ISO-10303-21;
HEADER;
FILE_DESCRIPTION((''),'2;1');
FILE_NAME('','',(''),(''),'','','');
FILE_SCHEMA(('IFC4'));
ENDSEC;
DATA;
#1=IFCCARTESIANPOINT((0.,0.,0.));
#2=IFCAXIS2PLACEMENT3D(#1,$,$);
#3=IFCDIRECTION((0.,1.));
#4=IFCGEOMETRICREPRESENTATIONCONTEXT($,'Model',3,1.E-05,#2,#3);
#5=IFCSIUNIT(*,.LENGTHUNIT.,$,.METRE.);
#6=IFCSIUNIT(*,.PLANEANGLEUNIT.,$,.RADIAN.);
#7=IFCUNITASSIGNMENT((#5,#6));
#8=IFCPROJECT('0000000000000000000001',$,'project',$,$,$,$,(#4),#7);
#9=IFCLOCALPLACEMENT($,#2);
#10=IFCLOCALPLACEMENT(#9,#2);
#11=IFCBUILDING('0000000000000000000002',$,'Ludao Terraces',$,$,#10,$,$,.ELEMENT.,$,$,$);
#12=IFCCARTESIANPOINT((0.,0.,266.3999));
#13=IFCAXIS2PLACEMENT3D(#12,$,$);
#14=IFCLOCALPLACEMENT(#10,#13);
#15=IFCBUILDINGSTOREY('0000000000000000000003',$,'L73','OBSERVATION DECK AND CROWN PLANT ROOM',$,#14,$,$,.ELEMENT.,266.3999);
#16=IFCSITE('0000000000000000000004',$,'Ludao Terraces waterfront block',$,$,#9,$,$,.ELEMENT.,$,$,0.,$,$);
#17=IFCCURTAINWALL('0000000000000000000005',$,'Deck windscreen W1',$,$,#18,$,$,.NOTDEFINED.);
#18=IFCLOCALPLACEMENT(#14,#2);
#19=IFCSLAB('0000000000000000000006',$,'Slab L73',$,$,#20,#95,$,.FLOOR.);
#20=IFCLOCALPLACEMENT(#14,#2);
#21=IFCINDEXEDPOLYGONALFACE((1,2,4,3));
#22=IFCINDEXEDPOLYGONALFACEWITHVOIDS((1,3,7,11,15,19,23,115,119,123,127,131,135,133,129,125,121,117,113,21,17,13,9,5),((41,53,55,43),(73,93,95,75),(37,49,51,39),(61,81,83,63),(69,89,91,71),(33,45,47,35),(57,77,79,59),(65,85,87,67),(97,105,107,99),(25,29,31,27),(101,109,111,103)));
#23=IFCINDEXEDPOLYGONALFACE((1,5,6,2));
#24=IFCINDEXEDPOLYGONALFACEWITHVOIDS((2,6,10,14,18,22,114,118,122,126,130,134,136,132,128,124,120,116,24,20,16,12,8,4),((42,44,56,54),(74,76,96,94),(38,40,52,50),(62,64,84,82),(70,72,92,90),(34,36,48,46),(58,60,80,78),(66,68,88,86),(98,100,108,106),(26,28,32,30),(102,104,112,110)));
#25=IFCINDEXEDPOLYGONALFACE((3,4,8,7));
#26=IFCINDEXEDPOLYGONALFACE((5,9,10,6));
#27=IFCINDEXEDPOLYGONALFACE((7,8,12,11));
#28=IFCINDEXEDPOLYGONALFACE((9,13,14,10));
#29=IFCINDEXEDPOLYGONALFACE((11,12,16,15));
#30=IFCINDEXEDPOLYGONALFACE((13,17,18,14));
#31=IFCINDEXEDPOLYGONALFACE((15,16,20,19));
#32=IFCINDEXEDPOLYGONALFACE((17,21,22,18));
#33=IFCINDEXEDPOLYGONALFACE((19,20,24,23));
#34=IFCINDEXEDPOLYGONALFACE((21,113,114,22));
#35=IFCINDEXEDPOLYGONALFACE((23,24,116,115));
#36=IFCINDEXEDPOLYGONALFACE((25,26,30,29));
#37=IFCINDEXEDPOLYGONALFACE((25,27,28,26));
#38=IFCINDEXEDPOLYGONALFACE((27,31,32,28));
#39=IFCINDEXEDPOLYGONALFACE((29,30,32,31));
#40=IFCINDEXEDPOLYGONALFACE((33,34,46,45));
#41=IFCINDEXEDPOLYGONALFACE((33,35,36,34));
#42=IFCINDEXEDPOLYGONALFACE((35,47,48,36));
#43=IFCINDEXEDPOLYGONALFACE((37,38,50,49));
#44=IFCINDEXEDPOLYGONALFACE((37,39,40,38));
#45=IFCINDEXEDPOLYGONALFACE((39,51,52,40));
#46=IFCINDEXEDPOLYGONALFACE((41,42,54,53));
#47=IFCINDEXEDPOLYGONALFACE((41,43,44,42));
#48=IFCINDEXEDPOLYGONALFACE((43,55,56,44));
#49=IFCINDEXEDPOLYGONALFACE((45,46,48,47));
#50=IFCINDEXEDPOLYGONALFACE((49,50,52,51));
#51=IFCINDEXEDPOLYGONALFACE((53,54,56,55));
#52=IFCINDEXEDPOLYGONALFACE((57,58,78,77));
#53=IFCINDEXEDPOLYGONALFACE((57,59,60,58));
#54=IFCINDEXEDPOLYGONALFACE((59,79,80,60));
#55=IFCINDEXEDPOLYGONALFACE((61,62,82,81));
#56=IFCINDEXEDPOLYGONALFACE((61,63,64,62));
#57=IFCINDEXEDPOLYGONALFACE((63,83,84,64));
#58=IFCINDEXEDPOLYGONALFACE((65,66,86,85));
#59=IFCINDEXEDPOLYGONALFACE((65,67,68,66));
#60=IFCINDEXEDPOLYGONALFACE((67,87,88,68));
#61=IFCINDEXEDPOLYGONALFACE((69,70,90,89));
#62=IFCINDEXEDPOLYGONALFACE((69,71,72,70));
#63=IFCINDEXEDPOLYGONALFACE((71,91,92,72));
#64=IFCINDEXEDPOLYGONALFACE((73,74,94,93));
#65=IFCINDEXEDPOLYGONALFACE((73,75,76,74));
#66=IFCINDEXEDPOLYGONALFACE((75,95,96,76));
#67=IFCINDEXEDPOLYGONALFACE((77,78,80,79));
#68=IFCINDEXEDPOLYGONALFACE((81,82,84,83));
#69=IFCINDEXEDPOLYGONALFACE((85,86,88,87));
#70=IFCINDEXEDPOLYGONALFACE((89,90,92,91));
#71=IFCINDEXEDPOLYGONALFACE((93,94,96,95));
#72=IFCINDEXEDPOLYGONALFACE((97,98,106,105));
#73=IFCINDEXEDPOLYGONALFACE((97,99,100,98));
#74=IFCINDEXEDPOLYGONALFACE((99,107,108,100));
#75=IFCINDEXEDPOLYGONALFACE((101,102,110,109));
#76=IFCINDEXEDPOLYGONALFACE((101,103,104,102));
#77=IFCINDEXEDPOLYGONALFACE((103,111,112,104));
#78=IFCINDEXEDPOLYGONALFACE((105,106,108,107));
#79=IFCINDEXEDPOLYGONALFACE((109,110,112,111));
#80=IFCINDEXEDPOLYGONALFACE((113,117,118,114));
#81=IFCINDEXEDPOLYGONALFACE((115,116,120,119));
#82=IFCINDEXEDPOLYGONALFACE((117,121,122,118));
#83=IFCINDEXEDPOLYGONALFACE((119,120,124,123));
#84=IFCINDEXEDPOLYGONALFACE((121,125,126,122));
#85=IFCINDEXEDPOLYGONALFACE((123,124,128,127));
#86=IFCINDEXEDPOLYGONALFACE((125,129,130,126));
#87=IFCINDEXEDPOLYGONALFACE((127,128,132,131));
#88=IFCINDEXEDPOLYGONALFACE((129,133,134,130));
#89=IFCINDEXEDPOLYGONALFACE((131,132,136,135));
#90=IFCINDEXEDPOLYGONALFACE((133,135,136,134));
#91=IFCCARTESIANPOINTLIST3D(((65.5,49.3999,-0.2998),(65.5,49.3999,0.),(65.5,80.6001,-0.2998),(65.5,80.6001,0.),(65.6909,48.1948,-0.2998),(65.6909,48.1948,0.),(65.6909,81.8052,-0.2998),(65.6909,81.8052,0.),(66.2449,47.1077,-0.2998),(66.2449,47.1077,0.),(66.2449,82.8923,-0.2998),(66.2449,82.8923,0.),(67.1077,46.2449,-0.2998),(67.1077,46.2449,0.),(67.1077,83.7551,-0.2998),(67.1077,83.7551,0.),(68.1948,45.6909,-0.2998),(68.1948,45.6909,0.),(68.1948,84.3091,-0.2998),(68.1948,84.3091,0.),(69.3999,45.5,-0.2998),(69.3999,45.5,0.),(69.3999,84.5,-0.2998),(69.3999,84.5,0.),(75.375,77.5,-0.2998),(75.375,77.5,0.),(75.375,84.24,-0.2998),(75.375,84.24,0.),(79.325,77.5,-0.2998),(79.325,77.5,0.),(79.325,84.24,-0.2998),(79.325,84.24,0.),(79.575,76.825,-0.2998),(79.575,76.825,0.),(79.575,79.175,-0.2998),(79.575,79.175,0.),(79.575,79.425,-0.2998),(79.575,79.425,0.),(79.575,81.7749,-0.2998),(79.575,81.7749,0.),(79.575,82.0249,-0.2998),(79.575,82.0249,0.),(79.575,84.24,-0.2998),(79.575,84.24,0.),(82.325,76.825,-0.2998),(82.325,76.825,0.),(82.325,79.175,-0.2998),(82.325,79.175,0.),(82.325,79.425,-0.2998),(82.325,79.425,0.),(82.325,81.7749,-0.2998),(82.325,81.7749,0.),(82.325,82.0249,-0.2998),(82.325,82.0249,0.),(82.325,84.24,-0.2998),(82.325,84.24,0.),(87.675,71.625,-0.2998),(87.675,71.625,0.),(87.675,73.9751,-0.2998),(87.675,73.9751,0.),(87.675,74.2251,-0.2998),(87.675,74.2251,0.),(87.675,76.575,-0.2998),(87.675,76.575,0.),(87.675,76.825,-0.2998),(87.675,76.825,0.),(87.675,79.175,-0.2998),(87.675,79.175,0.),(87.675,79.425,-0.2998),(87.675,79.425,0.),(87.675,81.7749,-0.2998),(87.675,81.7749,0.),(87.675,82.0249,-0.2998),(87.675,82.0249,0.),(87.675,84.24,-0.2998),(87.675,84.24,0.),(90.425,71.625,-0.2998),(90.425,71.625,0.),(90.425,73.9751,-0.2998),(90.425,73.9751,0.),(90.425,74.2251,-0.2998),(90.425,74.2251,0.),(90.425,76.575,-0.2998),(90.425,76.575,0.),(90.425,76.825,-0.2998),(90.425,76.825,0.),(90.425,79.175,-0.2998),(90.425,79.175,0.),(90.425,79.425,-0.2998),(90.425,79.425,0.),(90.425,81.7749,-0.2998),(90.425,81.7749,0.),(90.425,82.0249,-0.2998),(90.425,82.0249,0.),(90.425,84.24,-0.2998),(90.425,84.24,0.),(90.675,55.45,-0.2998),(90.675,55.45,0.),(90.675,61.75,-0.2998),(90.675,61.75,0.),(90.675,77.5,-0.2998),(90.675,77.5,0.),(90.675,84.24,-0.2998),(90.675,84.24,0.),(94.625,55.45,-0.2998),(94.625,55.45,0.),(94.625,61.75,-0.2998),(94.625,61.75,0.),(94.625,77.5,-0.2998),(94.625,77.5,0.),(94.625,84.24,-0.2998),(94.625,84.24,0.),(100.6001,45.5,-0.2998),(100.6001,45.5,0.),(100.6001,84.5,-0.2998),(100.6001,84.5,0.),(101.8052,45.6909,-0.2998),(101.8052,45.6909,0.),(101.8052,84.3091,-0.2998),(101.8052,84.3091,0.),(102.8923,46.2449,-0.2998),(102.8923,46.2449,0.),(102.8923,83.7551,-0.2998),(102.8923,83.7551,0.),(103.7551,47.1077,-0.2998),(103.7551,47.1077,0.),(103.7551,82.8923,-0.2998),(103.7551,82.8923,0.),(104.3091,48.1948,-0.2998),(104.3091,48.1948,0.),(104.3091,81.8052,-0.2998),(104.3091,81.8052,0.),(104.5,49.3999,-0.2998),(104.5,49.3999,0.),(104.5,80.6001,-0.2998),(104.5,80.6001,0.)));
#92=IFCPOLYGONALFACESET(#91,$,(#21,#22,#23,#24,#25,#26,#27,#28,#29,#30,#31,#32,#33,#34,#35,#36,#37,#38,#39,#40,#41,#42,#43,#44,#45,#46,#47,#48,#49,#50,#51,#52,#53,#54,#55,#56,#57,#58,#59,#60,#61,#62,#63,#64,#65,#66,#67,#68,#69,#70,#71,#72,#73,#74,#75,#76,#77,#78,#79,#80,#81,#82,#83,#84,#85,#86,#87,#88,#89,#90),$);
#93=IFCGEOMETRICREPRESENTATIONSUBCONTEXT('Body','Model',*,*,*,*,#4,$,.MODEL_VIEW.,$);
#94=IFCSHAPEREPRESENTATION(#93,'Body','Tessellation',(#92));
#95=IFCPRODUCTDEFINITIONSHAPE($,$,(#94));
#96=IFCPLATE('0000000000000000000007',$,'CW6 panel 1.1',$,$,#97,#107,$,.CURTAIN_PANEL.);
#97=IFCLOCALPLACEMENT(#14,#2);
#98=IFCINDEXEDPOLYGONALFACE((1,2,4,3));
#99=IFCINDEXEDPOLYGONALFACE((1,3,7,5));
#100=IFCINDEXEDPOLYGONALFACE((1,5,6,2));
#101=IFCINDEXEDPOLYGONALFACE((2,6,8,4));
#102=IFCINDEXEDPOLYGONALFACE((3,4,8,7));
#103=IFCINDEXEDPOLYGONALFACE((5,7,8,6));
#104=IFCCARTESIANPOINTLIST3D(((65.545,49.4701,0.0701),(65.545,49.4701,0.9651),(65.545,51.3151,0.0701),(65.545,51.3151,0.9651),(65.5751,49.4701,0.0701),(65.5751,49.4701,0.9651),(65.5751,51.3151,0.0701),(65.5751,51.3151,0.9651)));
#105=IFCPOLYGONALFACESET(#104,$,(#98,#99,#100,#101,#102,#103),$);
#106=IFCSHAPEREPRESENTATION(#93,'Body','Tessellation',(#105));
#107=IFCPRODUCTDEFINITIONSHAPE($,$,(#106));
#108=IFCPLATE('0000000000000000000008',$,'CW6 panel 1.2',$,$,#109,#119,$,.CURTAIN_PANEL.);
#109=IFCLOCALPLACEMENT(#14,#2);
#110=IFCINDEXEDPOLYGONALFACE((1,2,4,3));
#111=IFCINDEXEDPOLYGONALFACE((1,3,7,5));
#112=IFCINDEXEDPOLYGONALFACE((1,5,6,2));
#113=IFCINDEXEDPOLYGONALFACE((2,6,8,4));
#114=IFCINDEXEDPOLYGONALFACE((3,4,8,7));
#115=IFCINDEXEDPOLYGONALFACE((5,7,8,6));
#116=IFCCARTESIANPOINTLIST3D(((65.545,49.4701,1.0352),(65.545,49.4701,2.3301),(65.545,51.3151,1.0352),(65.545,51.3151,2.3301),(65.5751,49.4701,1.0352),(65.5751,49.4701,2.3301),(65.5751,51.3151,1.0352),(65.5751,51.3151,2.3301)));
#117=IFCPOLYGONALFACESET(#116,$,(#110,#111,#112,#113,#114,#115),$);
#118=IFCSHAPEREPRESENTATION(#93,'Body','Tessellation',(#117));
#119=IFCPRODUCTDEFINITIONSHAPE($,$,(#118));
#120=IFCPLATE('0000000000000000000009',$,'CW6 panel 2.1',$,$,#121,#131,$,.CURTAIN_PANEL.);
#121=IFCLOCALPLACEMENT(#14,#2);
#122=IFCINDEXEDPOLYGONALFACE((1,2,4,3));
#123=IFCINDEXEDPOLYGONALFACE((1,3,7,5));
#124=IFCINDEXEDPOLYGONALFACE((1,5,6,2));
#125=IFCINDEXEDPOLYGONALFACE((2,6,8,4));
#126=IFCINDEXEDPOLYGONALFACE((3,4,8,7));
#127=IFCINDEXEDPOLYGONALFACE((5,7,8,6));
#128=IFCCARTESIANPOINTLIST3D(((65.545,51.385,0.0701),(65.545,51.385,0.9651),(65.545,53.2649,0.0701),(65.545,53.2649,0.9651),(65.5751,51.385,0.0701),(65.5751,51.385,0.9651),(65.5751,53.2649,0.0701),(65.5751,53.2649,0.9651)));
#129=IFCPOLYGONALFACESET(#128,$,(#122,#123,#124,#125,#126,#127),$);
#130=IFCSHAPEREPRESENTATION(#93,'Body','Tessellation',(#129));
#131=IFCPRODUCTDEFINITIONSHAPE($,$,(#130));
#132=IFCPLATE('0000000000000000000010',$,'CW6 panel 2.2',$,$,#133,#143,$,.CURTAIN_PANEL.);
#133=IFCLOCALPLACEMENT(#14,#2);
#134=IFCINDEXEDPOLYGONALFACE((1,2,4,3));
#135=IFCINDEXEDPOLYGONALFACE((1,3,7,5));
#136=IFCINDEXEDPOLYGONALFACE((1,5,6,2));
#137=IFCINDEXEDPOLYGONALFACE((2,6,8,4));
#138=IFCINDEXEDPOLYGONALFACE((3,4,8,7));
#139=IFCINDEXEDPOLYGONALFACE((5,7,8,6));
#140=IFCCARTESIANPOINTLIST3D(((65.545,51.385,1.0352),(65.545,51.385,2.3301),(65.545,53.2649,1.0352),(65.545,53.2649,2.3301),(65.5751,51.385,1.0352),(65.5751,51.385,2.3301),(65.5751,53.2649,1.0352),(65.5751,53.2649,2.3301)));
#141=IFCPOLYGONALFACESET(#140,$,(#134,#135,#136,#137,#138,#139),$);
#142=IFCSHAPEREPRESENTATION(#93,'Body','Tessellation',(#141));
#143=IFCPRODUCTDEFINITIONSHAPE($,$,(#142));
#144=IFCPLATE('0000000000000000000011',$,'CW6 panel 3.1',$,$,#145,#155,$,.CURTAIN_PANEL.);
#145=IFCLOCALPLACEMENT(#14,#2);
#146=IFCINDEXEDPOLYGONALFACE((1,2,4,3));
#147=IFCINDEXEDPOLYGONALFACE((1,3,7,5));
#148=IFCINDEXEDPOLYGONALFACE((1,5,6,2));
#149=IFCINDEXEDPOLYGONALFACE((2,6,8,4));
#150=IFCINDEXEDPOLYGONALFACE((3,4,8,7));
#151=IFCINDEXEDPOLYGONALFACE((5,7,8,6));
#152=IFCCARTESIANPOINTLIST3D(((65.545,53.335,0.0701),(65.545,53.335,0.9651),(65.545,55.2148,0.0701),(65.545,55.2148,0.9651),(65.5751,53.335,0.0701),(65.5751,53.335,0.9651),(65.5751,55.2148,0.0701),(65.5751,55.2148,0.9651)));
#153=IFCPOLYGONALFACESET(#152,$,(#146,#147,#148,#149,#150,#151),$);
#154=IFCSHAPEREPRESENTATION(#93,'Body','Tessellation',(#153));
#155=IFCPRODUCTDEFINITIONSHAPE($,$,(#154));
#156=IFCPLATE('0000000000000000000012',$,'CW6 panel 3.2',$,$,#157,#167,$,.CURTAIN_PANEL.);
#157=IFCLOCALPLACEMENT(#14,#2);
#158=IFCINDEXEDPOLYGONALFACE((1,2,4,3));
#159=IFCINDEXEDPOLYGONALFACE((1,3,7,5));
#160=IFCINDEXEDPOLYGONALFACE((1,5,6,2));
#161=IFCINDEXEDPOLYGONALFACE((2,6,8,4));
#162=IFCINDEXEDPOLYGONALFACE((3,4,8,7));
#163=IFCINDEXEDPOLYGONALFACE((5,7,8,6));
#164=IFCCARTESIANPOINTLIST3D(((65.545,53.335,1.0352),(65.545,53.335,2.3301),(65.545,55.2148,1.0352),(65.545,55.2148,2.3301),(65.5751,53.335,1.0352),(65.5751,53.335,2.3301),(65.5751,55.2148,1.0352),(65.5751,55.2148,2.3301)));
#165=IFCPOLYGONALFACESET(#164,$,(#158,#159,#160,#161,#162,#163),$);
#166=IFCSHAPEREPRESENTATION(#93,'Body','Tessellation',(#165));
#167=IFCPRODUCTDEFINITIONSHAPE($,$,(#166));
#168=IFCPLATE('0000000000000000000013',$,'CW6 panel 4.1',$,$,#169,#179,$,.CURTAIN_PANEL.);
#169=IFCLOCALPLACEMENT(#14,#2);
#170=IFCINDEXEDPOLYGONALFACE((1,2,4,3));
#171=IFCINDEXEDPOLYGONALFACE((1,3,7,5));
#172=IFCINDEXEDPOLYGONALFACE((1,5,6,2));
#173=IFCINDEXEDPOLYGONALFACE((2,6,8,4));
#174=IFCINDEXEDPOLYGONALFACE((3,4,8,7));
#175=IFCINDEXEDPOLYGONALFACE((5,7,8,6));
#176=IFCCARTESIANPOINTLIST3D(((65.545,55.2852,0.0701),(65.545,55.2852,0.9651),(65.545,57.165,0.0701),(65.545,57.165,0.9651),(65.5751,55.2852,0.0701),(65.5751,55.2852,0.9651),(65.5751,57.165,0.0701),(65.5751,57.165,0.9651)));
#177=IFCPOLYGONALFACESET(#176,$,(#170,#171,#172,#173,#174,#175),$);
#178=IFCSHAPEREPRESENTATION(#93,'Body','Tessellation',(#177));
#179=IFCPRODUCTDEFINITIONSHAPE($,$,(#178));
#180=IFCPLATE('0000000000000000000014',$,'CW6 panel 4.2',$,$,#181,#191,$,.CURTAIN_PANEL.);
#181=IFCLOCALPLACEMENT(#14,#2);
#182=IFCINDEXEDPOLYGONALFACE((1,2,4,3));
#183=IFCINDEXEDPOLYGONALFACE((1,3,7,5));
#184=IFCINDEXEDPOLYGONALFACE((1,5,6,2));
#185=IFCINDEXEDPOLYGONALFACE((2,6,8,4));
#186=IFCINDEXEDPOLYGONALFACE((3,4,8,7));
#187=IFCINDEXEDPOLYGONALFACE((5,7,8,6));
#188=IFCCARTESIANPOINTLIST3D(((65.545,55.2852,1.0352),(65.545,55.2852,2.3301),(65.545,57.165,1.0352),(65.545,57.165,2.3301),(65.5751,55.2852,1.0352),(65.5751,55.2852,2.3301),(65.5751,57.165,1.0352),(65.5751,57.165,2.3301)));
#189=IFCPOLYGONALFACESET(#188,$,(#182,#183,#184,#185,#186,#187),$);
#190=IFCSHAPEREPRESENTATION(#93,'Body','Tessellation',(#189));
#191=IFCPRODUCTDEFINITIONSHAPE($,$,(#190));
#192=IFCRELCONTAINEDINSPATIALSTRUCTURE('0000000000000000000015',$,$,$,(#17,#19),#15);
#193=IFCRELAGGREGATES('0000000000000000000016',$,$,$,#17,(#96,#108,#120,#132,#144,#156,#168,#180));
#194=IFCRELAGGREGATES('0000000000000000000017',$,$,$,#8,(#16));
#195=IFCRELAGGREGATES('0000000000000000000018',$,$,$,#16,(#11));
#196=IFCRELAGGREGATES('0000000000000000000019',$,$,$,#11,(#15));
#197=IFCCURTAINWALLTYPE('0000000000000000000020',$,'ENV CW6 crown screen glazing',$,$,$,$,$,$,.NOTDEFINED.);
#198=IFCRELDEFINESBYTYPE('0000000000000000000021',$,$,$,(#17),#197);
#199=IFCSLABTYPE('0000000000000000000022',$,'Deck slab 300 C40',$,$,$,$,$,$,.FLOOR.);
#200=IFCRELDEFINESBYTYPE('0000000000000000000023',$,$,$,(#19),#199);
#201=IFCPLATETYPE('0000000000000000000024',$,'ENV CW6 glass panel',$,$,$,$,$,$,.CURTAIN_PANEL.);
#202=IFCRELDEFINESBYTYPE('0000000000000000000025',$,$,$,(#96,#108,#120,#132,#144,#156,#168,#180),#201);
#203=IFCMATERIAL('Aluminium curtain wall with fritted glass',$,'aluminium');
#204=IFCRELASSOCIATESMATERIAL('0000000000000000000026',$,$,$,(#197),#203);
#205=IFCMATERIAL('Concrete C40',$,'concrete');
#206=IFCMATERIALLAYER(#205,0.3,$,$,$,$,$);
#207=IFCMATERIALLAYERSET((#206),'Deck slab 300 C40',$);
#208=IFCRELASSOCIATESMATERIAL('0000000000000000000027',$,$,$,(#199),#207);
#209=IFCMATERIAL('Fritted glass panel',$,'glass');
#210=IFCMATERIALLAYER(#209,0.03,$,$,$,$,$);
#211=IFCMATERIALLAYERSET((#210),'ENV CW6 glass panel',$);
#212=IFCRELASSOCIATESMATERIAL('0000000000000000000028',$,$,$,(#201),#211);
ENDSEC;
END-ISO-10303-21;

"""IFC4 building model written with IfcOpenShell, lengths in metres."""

from ifc_helpers import new_model, si_unit, direction, frame, origin, origin_2d, place, context, subcontext, project, spatial, polyline, rectangle, outline, extrude, material, layer, layer_set, type_object, element, aggregate, save


model = new_model("IFC4")

# Units and contexts
model_context = context("Model", 3, precision=1e-05, world=origin(), true_north=direction((0.0, 1.0)))
body_context = subcontext(model_context, "Body", "Model", "MODEL_VIEW")
ifc_project = project(units=[si_unit("LENGTHUNIT", "METRE"), si_unit("PLANEANGLEUNIT", "RADIAN")], contexts=[model_context])

# Site, building, storey
site_placement = place(None, origin())
site = spatial("IfcSite", under=ifc_project, at=site_placement, Name="Ludao Terraces waterfront block", CompositionType="ELEMENT", RefElevation=0.0)
building_placement = place(site_placement, origin())
building = spatial("IfcBuilding", under=site, at=building_placement, Name="Ludao Terraces", CompositionType="ELEMENT")
storey_placement = place(building_placement, frame((0.0, 0.0, 266.3999)))
storey = spatial("IfcBuildingStorey", under=building, at=storey_placement, Name="L73", Description="OBSERVATION DECK AND CROWN PLANT ROOM", CompositionType="ELEMENT", Elevation=266.3999)

# Curtain wall
ifc_material_1 = material(Name="Aluminium curtain wall with fritted glass", Category="aluminium")
curtain_wall_type = type_object("IfcCurtainWallType", Name="ENV CW6 crown screen glazing", PredefinedType="NOTDEFINED", material=ifc_material_1)
curtain_wall_placement = place(storey_placement, origin())
curtain_wall = element("IfcCurtainWall", 1, at=curtain_wall_placement, inside=storey, type_object=curtain_wall_type, Name="Deck windscreen W1", PredefinedType="NOTDEFINED")

# Slab
ifc_material_2 = material(Name="Concrete C40", Category="concrete")
ifc_layer_1 = layer(ifc_material_2, 0.3)
ifc_layer_set_1 = layer_set([ifc_layer_1], Name="Deck slab 300 C40")
slab_type_1 = type_object("IfcSlabType", Name="Deck slab 300 C40", PredefinedType="FLOOR", material=ifc_layer_set_1)
slab_1_placement = place(storey_placement, frame((0.0, 0.0, -0.2998)))
element("IfcSlab", 2, at=slab_1_placement, inside=storey, type_object=slab_type_1, Name="Slab L73", PredefinedType="FLOOR", context=body_context, shape_type="SweptSolid", body=[
    extrude(outline(polyline([(100.6001, 45.5), (101.8052, 45.6909), (102.8923, 46.2449), (103.7551, 47.1077), (104.3091, 48.1948), (104.5, 49.3999), (104.5, 80.6001), (104.3091, 81.8052), (103.7551, 82.8923), (102.8923, 83.7551), (101.8052, 84.3091), (100.6001, 84.5), (69.3999, 84.5), (68.1948, 84.3091), (67.1077, 83.7551), (66.2449, 82.8923), (65.6909, 81.8052), (65.5, 80.6001), (65.5, 49.3999), (65.6909, 48.1948), (66.2449, 47.1077), (67.1077, 46.2449), (68.1948, 45.6909), (69.3999, 45.5), (100.6001, 45.5)]), holes=[polyline([(79.575, 76.825), (82.325, 76.825), (82.325, 79.175), (79.575, 79.175), (79.575, 76.825)]), polyline([(79.575, 79.425), (82.325, 79.425), (82.325, 81.7749), (79.575, 81.7749), (79.575, 79.425)]), polyline([(79.575, 82.0249), (82.325, 82.0249), (82.325, 84.24), (79.575, 84.24), (79.575, 82.0249)]), polyline([(87.675, 71.625), (90.425, 71.625), (90.425, 73.9751), (87.675, 73.9751), (87.675, 71.625)]), polyline([(87.675, 74.2251), (90.425, 74.2251), (90.425, 76.575), (87.675, 76.575), (87.675, 74.2251)]), polyline([(87.675, 76.825), (90.425, 76.825), (90.425, 79.175), (87.675, 79.175), (87.675, 76.825)]), polyline([(87.675, 79.425), (90.425, 79.425), (90.425, 81.7749), (87.675, 81.7749), (87.675, 79.425)]), polyline([(87.675, 82.0249), (90.425, 82.0249), (90.425, 84.24), (87.675, 84.24), (87.675, 82.0249)]), polyline([(75.375, 77.5), (79.325, 77.5), (79.325, 84.24), (75.375, 84.24), (75.375, 77.5)]), polyline([(90.675, 77.5), (94.625, 77.5), (94.625, 84.24), (90.675, 84.24), (90.675, 77.5)]), polyline([(90.675, 55.45), (94.625, 55.45), (94.625, 61.75), (90.675, 61.75), (90.675, 55.45)])]), origin(), (0.0, 0.0, 1.0), 0.2998),
])

# Plates
ifc_material_3 = material(Name="Fritted glass panel", Category="glass")
ifc_layer_2 = layer(ifc_material_3, 0.03)
ifc_layer_set_2 = layer_set([ifc_layer_2], Name="ENV CW6 glass panel")
plate_type = type_object("IfcPlateType", Name="ENV CW6 glass panel", PredefinedType="CURTAIN_PANEL", material=ifc_layer_set_2)
plate_1_placement = place(storey_placement, frame((65.5601, 50.3926, 0.0701), z_axis=(0.0, 0.0, 1.0), x_axis=(0.0, 1.0, 0.0)))
plate_1 = element("IfcPlate", 3, at=plate_1_placement, type_object=plate_type, Name="CW6 panel 1.1", PredefinedType="CURTAIN_PANEL", context=body_context, shape_type="SweptSolid", body=[
    extrude(rectangle(XDim=1.845, YDim=0.03, at=origin_2d()), origin(), (0.0, 0.0, 1.0), 0.895),
])
plate_2_placement = place(storey_placement, frame((65.5601, 50.3926, 1.0352), z_axis=(0.0, 0.0, 1.0), x_axis=(0.0, 1.0, 0.0)))
plate_2 = element("IfcPlate", 4, at=plate_2_placement, type_object=plate_type, Name="CW6 panel 1.2", PredefinedType="CURTAIN_PANEL", context=body_context, shape_type="SweptSolid", body=[
    extrude(rectangle(XDim=1.845, YDim=0.03, at=origin_2d()), origin(), (0.0, 0.0, 1.0), 1.2949),
])
plate_3_placement = place(storey_placement, frame((65.5601, 52.325, 0.0701), z_axis=(0.0, 0.0, 1.0), x_axis=(0.0, 1.0, 0.0)))
plate_3 = element("IfcPlate", 5, at=plate_3_placement, type_object=plate_type, Name="CW6 panel 2.1", PredefinedType="CURTAIN_PANEL", context=body_context, shape_type="SweptSolid", body=[
    extrude(rectangle(XDim=1.8799, YDim=0.03, at=origin_2d()), origin(), (0.0, 0.0, 1.0), 0.895),
])
plate_4_placement = place(storey_placement, frame((65.5601, 52.325, 1.0352), z_axis=(0.0, 0.0, 1.0), x_axis=(0.0, 1.0, 0.0)))
plate_4 = element("IfcPlate", 6, at=plate_4_placement, type_object=plate_type, Name="CW6 panel 2.2", PredefinedType="CURTAIN_PANEL", context=body_context, shape_type="SweptSolid", body=[
    extrude(rectangle(XDim=1.8799, YDim=0.03, at=origin_2d()), origin(), (0.0, 0.0, 1.0), 1.2949),
])
plate_5_placement = place(storey_placement, frame((65.5601, 54.2749, 0.0701), z_axis=(0.0, 0.0, 1.0), x_axis=(0.0, 1.0, 0.0)))
plate_5 = element("IfcPlate", 7, at=plate_5_placement, type_object=plate_type, Name="CW6 panel 3.1", PredefinedType="CURTAIN_PANEL", context=body_context, shape_type="SweptSolid", body=[
    extrude(rectangle(XDim=1.8799, YDim=0.03, at=origin_2d()), origin(), (0.0, 0.0, 1.0), 0.895),
])
plate_6_placement = place(storey_placement, frame((65.5601, 54.2749, 1.0352), z_axis=(0.0, 0.0, 1.0), x_axis=(0.0, 1.0, 0.0)))
plate_6 = element("IfcPlate", 8, at=plate_6_placement, type_object=plate_type, Name="CW6 panel 3.2", PredefinedType="CURTAIN_PANEL", context=body_context, shape_type="SweptSolid", body=[
    extrude(rectangle(XDim=1.8799, YDim=0.03, at=origin_2d()), origin(), (0.0, 0.0, 1.0), 1.2949),
])
plate_7_placement = place(storey_placement, frame((65.5601, 56.2251, 0.0701), z_axis=(0.0, 0.0, 1.0), x_axis=(0.0, 1.0, 0.0)))
plate_7 = element("IfcPlate", 9, at=plate_7_placement, type_object=plate_type, Name="CW6 panel 4.1", PredefinedType="CURTAIN_PANEL", context=body_context, shape_type="SweptSolid", body=[
    extrude(rectangle(XDim=1.8799, YDim=0.03, at=origin_2d()), origin(), (0.0, 0.0, 1.0), 0.895),
])
plate_8_placement = place(storey_placement, frame((65.5601, 56.2251, 1.0352), z_axis=(0.0, 0.0, 1.0), x_axis=(0.0, 1.0, 0.0)))
plate_8 = element("IfcPlate", 10, at=plate_8_placement, type_object=plate_type, Name="CW6 panel 4.2", PredefinedType="CURTAIN_PANEL", context=body_context, shape_type="SweptSolid", body=[
    extrude(rectangle(XDim=1.8799, YDim=0.03, at=origin_2d()), origin(), (0.0, 0.0, 1.0), 1.2949),
])
aggregate(curtain_wall, [plate_1, plate_2, plate_3, plate_4, plate_5, plate_6, plate_7, plate_8])

save(model, "model.ifc")
